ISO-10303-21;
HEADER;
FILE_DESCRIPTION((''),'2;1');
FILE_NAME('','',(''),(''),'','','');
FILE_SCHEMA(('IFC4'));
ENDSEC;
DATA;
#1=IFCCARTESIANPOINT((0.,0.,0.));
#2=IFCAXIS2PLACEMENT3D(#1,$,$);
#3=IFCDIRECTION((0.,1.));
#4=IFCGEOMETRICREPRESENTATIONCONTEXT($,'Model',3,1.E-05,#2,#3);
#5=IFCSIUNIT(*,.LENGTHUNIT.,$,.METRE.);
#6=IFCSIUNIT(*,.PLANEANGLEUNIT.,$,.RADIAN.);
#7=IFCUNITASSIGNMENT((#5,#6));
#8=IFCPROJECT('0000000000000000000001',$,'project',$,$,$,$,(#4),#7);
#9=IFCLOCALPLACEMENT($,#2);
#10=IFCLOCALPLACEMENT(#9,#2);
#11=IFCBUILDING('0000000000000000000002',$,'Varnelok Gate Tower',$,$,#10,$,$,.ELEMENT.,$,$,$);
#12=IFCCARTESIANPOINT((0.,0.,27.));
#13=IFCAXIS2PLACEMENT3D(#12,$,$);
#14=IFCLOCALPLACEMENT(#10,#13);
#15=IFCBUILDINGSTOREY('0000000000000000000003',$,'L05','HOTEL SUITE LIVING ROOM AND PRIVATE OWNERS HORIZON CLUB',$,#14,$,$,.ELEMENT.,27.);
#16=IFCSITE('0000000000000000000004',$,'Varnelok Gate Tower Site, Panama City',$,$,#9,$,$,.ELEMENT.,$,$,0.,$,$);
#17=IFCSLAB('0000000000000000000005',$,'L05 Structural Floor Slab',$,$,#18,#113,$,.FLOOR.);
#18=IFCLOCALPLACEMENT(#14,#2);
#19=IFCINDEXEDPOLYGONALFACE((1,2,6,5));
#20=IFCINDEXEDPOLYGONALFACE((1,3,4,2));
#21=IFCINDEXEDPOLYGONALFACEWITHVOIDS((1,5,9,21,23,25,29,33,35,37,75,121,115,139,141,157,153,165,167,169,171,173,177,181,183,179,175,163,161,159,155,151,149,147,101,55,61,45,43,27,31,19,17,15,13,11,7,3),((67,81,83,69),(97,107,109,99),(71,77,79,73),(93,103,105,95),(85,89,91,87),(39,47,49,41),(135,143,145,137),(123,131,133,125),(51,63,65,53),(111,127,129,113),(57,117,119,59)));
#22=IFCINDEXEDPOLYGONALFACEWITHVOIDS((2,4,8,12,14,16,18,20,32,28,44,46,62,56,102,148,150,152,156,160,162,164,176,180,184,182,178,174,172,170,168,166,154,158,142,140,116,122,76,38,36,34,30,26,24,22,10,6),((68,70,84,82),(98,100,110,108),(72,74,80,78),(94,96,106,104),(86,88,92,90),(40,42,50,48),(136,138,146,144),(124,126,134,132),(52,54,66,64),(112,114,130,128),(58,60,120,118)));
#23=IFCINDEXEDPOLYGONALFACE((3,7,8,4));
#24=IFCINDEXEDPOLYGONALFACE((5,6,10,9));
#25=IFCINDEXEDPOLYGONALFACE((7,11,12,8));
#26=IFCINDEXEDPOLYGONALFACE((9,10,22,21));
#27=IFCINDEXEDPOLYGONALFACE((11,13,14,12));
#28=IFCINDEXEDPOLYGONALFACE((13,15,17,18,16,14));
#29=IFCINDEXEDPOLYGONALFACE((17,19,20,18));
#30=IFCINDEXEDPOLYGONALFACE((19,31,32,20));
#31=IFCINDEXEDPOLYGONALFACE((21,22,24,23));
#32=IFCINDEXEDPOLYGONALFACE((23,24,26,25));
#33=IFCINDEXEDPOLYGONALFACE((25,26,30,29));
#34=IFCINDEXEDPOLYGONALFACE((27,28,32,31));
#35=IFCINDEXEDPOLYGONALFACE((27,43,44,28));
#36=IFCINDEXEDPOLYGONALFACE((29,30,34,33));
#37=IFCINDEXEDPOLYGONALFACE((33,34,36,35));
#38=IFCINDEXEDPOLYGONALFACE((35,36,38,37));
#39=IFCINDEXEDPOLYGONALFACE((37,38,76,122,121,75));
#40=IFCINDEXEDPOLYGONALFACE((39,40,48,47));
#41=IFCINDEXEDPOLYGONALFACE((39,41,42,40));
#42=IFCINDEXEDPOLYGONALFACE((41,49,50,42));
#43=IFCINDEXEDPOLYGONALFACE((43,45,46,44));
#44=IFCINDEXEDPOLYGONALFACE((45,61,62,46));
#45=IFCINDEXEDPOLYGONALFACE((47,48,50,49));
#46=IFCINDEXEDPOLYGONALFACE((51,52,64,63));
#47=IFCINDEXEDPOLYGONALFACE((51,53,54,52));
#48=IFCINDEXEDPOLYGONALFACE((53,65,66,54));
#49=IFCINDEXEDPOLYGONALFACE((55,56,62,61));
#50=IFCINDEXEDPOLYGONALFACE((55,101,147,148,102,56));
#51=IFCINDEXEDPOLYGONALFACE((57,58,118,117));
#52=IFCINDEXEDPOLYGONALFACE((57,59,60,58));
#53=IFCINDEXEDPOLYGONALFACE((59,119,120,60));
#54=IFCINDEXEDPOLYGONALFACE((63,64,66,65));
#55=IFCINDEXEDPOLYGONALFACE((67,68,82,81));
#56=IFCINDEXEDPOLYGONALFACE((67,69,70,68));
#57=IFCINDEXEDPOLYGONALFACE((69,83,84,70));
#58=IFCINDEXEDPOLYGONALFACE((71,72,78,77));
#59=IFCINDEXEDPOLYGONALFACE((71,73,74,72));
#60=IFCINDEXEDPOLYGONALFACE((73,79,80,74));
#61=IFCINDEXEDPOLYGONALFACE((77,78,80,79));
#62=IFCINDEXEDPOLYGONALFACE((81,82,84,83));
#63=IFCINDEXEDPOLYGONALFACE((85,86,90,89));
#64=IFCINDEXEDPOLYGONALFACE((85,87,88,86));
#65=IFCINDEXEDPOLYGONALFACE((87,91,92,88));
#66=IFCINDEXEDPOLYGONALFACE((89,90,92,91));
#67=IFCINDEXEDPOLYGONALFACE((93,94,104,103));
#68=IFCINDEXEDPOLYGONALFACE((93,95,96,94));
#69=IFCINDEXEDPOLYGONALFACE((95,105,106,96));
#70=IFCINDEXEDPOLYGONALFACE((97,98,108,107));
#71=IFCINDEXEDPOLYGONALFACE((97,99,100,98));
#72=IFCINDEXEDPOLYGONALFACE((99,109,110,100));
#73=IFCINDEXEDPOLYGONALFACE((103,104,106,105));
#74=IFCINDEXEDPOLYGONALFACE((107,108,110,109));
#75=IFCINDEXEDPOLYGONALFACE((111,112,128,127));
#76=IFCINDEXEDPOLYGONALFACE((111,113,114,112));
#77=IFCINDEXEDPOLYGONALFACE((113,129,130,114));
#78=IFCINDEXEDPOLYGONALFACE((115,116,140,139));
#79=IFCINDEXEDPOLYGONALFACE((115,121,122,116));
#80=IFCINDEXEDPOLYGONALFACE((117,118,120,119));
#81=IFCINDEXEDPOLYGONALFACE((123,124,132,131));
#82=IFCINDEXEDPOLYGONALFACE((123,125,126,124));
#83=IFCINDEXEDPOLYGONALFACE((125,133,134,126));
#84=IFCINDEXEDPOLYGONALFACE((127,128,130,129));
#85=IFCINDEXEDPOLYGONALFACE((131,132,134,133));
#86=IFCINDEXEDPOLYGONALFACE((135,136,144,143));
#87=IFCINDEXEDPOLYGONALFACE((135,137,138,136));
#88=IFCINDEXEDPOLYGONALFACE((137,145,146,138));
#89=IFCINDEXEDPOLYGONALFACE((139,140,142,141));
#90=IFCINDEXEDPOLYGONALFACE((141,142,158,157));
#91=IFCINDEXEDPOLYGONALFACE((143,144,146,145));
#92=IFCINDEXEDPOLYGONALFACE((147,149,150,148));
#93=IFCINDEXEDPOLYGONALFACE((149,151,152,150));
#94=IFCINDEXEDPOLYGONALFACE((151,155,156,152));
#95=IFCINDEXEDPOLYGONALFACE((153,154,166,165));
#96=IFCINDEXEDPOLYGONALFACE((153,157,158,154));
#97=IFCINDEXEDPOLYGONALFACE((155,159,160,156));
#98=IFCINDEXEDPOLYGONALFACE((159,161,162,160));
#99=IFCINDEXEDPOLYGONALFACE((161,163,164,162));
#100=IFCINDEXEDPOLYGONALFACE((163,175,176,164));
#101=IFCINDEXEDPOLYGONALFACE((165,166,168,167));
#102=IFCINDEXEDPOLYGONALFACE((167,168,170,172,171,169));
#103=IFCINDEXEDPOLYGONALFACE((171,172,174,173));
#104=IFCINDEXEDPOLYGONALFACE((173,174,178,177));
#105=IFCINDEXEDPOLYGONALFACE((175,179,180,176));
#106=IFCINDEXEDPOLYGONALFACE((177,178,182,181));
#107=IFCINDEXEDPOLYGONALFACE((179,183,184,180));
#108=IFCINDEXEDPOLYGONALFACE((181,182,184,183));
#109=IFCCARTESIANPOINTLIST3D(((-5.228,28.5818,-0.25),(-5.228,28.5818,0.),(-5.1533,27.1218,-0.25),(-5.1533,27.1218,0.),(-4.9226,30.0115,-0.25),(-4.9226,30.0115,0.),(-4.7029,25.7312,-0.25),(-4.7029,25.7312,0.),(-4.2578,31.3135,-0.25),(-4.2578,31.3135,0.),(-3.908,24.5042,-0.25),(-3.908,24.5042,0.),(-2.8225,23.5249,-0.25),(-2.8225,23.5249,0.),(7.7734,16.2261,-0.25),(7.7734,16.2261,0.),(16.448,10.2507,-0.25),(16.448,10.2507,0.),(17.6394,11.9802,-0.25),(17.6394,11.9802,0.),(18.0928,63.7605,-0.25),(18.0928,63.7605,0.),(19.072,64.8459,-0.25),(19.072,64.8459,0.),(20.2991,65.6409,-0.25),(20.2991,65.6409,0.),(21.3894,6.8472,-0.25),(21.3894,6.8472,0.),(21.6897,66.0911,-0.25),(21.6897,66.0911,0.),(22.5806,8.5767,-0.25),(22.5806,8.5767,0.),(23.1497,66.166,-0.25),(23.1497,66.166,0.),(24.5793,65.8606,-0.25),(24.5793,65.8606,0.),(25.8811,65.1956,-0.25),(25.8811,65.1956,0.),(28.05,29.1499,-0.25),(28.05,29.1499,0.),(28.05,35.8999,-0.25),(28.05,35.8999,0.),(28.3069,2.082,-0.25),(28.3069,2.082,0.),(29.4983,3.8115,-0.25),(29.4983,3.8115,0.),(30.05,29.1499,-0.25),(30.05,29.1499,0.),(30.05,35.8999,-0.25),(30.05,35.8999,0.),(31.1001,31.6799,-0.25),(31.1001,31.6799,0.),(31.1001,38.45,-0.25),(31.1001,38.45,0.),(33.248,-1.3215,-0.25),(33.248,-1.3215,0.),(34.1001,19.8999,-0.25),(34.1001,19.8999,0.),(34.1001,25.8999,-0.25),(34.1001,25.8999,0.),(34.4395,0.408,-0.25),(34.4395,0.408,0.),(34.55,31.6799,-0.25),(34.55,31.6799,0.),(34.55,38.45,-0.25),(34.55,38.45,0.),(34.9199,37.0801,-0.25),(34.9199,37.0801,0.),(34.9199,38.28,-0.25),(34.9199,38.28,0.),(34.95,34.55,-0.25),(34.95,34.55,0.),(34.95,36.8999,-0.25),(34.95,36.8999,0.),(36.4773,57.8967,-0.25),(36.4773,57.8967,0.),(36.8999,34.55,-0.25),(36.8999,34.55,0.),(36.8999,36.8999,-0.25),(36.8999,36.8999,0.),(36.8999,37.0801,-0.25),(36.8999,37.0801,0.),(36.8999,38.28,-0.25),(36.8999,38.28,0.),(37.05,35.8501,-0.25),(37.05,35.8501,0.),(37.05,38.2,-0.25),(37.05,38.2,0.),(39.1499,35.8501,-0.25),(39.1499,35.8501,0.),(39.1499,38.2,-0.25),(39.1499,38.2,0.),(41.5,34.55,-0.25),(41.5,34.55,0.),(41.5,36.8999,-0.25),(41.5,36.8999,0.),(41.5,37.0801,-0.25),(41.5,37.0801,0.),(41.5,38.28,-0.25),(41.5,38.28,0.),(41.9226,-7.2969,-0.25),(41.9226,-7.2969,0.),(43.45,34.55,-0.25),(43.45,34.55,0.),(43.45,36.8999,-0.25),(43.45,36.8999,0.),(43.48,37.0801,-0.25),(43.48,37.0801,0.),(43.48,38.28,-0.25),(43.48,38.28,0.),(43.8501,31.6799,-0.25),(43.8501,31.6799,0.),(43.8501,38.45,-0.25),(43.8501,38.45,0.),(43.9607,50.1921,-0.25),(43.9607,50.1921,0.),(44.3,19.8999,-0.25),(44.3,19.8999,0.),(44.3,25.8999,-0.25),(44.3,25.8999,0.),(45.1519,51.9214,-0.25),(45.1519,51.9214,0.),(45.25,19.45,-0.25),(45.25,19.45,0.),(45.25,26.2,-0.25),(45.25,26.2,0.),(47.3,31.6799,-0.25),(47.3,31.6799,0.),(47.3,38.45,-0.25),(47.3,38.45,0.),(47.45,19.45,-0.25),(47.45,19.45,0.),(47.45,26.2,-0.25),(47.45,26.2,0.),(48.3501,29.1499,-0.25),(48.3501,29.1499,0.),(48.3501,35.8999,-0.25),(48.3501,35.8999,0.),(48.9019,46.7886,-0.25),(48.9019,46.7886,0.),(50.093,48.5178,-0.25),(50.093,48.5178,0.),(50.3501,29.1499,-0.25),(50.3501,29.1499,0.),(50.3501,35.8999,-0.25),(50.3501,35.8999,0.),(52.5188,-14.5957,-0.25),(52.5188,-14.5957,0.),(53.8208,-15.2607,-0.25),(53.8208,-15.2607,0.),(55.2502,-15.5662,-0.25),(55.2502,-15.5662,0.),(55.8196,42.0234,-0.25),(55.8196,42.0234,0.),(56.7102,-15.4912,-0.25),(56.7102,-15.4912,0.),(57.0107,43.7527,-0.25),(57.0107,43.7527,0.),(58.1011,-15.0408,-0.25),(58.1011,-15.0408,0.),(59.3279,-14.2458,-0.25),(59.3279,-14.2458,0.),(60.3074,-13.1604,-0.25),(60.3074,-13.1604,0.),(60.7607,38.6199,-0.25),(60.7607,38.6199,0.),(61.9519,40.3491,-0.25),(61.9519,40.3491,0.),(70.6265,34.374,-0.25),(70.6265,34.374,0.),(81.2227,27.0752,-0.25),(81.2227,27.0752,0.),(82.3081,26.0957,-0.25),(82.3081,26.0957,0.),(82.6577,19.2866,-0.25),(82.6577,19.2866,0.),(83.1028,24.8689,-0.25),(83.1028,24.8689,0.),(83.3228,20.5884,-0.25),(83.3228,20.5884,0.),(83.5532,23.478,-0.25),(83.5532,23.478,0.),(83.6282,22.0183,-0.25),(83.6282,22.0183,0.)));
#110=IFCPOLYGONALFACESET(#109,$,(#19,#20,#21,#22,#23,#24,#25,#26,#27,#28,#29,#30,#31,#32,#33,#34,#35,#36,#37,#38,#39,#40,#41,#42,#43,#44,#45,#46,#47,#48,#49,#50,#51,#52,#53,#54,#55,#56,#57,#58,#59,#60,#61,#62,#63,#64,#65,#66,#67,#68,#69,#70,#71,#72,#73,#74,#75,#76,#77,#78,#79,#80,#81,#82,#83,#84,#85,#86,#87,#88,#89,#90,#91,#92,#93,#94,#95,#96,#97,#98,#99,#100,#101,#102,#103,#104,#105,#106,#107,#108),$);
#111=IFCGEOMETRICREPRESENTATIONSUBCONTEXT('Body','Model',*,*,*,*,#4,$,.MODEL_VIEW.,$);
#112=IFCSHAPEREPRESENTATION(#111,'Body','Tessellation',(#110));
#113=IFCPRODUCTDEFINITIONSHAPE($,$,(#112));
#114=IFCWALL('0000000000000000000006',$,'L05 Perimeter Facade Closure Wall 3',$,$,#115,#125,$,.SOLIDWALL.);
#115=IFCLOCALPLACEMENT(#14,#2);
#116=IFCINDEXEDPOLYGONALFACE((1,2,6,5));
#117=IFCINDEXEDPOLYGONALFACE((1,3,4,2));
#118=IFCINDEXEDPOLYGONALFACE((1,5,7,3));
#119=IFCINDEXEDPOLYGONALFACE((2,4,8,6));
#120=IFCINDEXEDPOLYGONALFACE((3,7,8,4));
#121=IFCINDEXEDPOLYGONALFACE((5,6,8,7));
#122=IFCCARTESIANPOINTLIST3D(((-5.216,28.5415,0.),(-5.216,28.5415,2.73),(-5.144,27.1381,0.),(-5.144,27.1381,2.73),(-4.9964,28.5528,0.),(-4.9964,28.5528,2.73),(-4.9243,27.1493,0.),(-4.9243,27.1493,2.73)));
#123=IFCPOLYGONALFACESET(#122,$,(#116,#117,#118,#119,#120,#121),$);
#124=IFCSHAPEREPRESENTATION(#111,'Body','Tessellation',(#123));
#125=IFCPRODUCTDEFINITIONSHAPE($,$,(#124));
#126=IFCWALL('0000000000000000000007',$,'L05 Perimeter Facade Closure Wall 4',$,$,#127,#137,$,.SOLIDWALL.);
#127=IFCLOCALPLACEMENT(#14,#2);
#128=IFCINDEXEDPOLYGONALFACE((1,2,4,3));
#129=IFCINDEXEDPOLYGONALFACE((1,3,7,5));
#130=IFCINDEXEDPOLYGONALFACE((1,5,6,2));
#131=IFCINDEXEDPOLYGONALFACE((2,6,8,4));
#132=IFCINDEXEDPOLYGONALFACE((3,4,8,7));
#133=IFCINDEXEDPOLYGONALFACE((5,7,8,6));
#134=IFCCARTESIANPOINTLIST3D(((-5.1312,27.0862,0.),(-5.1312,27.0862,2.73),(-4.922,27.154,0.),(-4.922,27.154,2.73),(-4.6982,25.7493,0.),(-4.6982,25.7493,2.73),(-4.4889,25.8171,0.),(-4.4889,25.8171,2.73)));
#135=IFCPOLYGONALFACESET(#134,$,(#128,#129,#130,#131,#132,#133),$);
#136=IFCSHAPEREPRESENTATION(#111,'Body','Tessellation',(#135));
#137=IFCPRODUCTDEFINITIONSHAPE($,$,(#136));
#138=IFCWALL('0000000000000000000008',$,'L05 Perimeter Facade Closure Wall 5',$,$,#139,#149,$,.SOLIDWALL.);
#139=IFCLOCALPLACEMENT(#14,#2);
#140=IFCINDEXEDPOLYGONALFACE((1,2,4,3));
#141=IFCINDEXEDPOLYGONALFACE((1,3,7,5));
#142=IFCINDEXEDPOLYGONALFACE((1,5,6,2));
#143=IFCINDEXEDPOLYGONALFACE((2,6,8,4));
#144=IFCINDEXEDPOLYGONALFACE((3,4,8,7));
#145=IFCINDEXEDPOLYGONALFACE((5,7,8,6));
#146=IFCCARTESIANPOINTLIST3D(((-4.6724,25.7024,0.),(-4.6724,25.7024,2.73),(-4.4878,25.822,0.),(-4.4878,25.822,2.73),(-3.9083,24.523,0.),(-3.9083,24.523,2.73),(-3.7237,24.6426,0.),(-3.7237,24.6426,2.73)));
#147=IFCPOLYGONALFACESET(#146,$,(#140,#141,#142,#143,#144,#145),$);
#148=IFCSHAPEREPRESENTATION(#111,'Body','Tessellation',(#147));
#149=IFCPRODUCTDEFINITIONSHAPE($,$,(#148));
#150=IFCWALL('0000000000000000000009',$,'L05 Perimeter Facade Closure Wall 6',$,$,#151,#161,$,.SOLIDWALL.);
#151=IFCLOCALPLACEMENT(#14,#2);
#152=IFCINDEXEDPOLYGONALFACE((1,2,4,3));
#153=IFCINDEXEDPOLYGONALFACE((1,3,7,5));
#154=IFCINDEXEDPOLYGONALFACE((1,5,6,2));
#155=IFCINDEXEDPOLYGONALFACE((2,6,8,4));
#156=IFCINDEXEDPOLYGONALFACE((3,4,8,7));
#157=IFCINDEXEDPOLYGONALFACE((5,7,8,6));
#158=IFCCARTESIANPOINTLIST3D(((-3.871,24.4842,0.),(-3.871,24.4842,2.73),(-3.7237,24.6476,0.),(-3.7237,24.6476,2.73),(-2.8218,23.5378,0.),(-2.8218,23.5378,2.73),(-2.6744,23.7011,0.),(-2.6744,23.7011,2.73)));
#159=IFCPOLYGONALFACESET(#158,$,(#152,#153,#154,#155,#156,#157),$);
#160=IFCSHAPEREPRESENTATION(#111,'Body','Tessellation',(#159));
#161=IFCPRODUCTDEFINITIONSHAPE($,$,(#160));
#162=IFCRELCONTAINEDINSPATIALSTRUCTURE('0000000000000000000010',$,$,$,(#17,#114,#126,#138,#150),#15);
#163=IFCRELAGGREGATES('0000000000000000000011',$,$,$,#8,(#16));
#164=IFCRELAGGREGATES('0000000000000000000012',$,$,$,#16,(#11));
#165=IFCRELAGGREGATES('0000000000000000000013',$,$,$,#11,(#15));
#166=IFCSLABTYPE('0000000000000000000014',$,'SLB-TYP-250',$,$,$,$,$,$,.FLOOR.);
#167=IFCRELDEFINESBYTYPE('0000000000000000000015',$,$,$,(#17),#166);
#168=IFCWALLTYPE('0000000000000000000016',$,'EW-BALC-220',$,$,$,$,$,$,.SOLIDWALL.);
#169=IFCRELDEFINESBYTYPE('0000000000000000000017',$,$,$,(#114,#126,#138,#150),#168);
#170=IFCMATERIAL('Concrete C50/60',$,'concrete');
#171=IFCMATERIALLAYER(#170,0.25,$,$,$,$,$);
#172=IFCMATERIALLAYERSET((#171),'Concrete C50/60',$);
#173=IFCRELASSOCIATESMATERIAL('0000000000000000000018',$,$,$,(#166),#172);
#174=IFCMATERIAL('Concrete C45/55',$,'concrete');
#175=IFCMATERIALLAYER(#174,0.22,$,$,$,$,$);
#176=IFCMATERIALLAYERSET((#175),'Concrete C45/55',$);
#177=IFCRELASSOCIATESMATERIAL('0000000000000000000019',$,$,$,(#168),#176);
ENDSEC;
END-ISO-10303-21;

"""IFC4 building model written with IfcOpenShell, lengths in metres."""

from ifc_helpers import new_model, si_unit, direction, frame, frame_2d, origin, place, context, subcontext, project, spatial, polyline, rectangle, outline, extrude, material, layer, layer_set, type_object, element, save


model = new_model("IFC4")

# Units and contexts
model_context = context("Model", 3, precision=1e-05, world=origin(), true_north=direction((0.0, 1.0)))
body_context = subcontext(model_context, "Body", "Model", "MODEL_VIEW")
ifc_project = project(units=[si_unit("LENGTHUNIT", "METRE"), si_unit("PLANEANGLEUNIT", "RADIAN")], contexts=[model_context])

# Site, building, storey
site_placement = place(None, origin())
site = spatial("IfcSite", under=ifc_project, at=site_placement, Name="Varnelok Gate Tower Site, Panama City", CompositionType="ELEMENT", RefElevation=0.0)
building_placement = place(site_placement, origin())
building = spatial("IfcBuilding", under=site, at=building_placement, Name="Varnelok Gate Tower", CompositionType="ELEMENT")
storey_placement = place(building_placement, frame((0.0, 0.0, 27.0)))
storey = spatial("IfcBuildingStorey", under=building, at=storey_placement, Name="L05", Description="HOTEL SUITE LIVING ROOM AND PRIVATE OWNERS HORIZON CLUB", CompositionType="ELEMENT", Elevation=27.0)

# Shared definitions
ifc_material_1 = material(Name="Concrete C45/55", Category="concrete")

# Shared definitions
ifc_material_2 = material(Name="Concrete C50/60", Category="concrete")

# Slab
ifc_layer_1 = layer(ifc_material_2, 0.25)
ifc_layer_set_1 = layer_set([ifc_layer_1], Name="Concrete C50/60")
slab_type_1 = type_object("IfcSlabType", Name="SLB-TYP-250", PredefinedType="FLOOR", material=ifc_layer_set_1)
slab_1_placement = place(storey_placement, frame((0.0, 0.0, -0.25)))
element("IfcSlab", 1, at=slab_1_placement, inside=storey, type_object=slab_type_1, Name="L05 Structural Floor Slab", PredefinedType="FLOOR", context=body_context, shape_type="SweptSolid", body=[
    extrude(outline(polyline([(-4.2578, 31.3135), (-4.9226, 30.0115), (-5.228, 28.5818), (-5.1533, 27.1218), (-4.7029, 25.7312), (-3.908, 24.5042), (-2.8225, 23.5249), (7.7734, 16.2261), (16.448, 10.2507), (17.6394, 11.9802), (22.5806, 8.5767), (21.3894, 6.8472), (28.3069, 2.082), (29.4983, 3.8115), (34.4395, 0.408), (33.248, -1.3215), (41.9226, -7.2969), (52.5188, -14.5957), (53.8208, -15.2607), (55.2502, -15.5662), (56.7102, -15.4912), (58.1011, -15.0408), (59.3279, -14.2458), (60.3074, -13.1604), (82.6577, 19.2866), (83.3228, 20.5884), (83.6282, 22.0183), (83.5532, 23.478), (83.1028, 24.8689), (82.3081, 26.0957), (81.2227, 27.0752), (70.6265, 34.374), (61.9519, 40.3491), (60.7607, 38.6199), (55.8196, 42.0234), (57.0107, 43.7527), (50.093, 48.5178), (48.9019, 46.7886), (43.9607, 50.1921), (45.1519, 51.9214), (36.4773, 57.8967), (25.8811, 65.1956), (24.5793, 65.8606), (23.1497, 66.166), (21.6897, 66.0911), (20.2991, 65.6409), (19.072, 64.8459), (18.0928, 63.7605), (-4.2578, 31.3135)]), holes=[polyline([(34.55, 31.6799), (34.55, 38.45), (31.1001, 38.45), (31.1001, 31.6799), (34.55, 31.6799)]), polyline([(47.3, 31.6799), (47.3, 38.45), (43.8501, 38.45), (43.8501, 31.6799), (47.3, 31.6799)]), polyline([(34.95, 34.55), (36.8999, 34.55), (36.8999, 36.8999), (34.95, 36.8999), (34.95, 34.55)]), polyline([(41.5, 34.55), (43.45, 34.55), (43.45, 36.8999), (41.5, 36.8999), (41.5, 34.55)]), polyline([(37.05, 35.8501), (39.1499, 35.8501), (39.1499, 38.2), (37.05, 38.2), (37.05, 35.8501)]), polyline([(28.05, 29.1499), (30.05, 29.1499), (30.05, 35.8999), (28.05, 35.8999), (28.05, 29.1499)]), polyline([(48.3501, 29.1499), (50.3501, 29.1499), (50.3501, 35.8999), (48.3501, 35.8999), (48.3501, 29.1499)]), polyline([(45.25, 19.45), (47.45, 19.45), (47.45, 26.2), (45.25, 26.2), (45.25, 19.45)]), polyline([(34.9199, 37.0801), (36.8999, 37.0801), (36.8999, 38.28), (34.9199, 38.28), (34.9199, 37.0801)]), polyline([(41.5, 37.0801), (43.48, 37.0801), (43.48, 38.28), (41.5, 38.28), (41.5, 37.0801)]), polyline([(34.1001, 19.8999), (44.3, 19.8999), (44.3, 25.8999), (34.1001, 25.8999), (34.1001, 19.8999)])]), origin(), (0.0, 0.0, 1.0), 0.25),
])

# Walls
ifc_layer_2 = layer(ifc_material_1, 0.22)
ifc_layer_set_2 = layer_set([ifc_layer_2], Name="Concrete C45/55")
wall_type_1 = type_object("IfcWallType", Name="EW-BALC-220", PredefinedType="SOLIDWALL", material=ifc_layer_set_2)
for number, where, z_axis, x_axis, name in (
    (2, (-5.1062, 28.5471, 0.0), (0.0, 0.0, 1.0), (0.051255, -0.998686, 0.0), "L05 Perimeter Facade Closure Wall 3"),
    (3, (-5.0266, 27.1201, 0.0), (0.0, 0.0, 1.0), (0.30819, -0.951325, 0.0), "L05 Perimeter Facade Closure Wall 4"),
    (4, (-4.5801, 25.7622, 0.0), (0.0, 0.0, 1.0), (0.543748, -0.839248, 0.0), "L05 Perimeter Facade Closure Wall 5"),
):
    element("IfcWall", number, at=place(storey_placement, frame(where, z_axis=z_axis, x_axis=x_axis)), inside=storey, type_object=wall_type_1, Name=name, PredefinedType="SOLIDWALL", context=body_context, shape_type="SweptSolid", body=[
        extrude(rectangle(XDim=1.4053, YDim=0.22, at=frame_2d((0.7026, 0.0))), origin(), (0.0, 0.0, 1.0), 2.73),
    ])
wall_1_placement = place(storey_placement, frame((-3.7974, 24.5659, 0.0), z_axis=(0.0, 0.0, 1.0), x_axis=(0.742538, -0.669804, 0.0)))
element("IfcWall", 5, at=wall_1_placement, inside=storey, type_object=wall_type_1, Name="L05 Perimeter Facade Closure Wall 6", PredefinedType="SOLIDWALL", context=body_context, shape_type="SweptSolid", body=[
    extrude(rectangle(XDim=1.4131, YDim=0.22, at=frame_2d((0.7065, 0.0))), origin(), (0.0, 0.0, 1.0), 2.73),
])

save(model, "model.ifc")
